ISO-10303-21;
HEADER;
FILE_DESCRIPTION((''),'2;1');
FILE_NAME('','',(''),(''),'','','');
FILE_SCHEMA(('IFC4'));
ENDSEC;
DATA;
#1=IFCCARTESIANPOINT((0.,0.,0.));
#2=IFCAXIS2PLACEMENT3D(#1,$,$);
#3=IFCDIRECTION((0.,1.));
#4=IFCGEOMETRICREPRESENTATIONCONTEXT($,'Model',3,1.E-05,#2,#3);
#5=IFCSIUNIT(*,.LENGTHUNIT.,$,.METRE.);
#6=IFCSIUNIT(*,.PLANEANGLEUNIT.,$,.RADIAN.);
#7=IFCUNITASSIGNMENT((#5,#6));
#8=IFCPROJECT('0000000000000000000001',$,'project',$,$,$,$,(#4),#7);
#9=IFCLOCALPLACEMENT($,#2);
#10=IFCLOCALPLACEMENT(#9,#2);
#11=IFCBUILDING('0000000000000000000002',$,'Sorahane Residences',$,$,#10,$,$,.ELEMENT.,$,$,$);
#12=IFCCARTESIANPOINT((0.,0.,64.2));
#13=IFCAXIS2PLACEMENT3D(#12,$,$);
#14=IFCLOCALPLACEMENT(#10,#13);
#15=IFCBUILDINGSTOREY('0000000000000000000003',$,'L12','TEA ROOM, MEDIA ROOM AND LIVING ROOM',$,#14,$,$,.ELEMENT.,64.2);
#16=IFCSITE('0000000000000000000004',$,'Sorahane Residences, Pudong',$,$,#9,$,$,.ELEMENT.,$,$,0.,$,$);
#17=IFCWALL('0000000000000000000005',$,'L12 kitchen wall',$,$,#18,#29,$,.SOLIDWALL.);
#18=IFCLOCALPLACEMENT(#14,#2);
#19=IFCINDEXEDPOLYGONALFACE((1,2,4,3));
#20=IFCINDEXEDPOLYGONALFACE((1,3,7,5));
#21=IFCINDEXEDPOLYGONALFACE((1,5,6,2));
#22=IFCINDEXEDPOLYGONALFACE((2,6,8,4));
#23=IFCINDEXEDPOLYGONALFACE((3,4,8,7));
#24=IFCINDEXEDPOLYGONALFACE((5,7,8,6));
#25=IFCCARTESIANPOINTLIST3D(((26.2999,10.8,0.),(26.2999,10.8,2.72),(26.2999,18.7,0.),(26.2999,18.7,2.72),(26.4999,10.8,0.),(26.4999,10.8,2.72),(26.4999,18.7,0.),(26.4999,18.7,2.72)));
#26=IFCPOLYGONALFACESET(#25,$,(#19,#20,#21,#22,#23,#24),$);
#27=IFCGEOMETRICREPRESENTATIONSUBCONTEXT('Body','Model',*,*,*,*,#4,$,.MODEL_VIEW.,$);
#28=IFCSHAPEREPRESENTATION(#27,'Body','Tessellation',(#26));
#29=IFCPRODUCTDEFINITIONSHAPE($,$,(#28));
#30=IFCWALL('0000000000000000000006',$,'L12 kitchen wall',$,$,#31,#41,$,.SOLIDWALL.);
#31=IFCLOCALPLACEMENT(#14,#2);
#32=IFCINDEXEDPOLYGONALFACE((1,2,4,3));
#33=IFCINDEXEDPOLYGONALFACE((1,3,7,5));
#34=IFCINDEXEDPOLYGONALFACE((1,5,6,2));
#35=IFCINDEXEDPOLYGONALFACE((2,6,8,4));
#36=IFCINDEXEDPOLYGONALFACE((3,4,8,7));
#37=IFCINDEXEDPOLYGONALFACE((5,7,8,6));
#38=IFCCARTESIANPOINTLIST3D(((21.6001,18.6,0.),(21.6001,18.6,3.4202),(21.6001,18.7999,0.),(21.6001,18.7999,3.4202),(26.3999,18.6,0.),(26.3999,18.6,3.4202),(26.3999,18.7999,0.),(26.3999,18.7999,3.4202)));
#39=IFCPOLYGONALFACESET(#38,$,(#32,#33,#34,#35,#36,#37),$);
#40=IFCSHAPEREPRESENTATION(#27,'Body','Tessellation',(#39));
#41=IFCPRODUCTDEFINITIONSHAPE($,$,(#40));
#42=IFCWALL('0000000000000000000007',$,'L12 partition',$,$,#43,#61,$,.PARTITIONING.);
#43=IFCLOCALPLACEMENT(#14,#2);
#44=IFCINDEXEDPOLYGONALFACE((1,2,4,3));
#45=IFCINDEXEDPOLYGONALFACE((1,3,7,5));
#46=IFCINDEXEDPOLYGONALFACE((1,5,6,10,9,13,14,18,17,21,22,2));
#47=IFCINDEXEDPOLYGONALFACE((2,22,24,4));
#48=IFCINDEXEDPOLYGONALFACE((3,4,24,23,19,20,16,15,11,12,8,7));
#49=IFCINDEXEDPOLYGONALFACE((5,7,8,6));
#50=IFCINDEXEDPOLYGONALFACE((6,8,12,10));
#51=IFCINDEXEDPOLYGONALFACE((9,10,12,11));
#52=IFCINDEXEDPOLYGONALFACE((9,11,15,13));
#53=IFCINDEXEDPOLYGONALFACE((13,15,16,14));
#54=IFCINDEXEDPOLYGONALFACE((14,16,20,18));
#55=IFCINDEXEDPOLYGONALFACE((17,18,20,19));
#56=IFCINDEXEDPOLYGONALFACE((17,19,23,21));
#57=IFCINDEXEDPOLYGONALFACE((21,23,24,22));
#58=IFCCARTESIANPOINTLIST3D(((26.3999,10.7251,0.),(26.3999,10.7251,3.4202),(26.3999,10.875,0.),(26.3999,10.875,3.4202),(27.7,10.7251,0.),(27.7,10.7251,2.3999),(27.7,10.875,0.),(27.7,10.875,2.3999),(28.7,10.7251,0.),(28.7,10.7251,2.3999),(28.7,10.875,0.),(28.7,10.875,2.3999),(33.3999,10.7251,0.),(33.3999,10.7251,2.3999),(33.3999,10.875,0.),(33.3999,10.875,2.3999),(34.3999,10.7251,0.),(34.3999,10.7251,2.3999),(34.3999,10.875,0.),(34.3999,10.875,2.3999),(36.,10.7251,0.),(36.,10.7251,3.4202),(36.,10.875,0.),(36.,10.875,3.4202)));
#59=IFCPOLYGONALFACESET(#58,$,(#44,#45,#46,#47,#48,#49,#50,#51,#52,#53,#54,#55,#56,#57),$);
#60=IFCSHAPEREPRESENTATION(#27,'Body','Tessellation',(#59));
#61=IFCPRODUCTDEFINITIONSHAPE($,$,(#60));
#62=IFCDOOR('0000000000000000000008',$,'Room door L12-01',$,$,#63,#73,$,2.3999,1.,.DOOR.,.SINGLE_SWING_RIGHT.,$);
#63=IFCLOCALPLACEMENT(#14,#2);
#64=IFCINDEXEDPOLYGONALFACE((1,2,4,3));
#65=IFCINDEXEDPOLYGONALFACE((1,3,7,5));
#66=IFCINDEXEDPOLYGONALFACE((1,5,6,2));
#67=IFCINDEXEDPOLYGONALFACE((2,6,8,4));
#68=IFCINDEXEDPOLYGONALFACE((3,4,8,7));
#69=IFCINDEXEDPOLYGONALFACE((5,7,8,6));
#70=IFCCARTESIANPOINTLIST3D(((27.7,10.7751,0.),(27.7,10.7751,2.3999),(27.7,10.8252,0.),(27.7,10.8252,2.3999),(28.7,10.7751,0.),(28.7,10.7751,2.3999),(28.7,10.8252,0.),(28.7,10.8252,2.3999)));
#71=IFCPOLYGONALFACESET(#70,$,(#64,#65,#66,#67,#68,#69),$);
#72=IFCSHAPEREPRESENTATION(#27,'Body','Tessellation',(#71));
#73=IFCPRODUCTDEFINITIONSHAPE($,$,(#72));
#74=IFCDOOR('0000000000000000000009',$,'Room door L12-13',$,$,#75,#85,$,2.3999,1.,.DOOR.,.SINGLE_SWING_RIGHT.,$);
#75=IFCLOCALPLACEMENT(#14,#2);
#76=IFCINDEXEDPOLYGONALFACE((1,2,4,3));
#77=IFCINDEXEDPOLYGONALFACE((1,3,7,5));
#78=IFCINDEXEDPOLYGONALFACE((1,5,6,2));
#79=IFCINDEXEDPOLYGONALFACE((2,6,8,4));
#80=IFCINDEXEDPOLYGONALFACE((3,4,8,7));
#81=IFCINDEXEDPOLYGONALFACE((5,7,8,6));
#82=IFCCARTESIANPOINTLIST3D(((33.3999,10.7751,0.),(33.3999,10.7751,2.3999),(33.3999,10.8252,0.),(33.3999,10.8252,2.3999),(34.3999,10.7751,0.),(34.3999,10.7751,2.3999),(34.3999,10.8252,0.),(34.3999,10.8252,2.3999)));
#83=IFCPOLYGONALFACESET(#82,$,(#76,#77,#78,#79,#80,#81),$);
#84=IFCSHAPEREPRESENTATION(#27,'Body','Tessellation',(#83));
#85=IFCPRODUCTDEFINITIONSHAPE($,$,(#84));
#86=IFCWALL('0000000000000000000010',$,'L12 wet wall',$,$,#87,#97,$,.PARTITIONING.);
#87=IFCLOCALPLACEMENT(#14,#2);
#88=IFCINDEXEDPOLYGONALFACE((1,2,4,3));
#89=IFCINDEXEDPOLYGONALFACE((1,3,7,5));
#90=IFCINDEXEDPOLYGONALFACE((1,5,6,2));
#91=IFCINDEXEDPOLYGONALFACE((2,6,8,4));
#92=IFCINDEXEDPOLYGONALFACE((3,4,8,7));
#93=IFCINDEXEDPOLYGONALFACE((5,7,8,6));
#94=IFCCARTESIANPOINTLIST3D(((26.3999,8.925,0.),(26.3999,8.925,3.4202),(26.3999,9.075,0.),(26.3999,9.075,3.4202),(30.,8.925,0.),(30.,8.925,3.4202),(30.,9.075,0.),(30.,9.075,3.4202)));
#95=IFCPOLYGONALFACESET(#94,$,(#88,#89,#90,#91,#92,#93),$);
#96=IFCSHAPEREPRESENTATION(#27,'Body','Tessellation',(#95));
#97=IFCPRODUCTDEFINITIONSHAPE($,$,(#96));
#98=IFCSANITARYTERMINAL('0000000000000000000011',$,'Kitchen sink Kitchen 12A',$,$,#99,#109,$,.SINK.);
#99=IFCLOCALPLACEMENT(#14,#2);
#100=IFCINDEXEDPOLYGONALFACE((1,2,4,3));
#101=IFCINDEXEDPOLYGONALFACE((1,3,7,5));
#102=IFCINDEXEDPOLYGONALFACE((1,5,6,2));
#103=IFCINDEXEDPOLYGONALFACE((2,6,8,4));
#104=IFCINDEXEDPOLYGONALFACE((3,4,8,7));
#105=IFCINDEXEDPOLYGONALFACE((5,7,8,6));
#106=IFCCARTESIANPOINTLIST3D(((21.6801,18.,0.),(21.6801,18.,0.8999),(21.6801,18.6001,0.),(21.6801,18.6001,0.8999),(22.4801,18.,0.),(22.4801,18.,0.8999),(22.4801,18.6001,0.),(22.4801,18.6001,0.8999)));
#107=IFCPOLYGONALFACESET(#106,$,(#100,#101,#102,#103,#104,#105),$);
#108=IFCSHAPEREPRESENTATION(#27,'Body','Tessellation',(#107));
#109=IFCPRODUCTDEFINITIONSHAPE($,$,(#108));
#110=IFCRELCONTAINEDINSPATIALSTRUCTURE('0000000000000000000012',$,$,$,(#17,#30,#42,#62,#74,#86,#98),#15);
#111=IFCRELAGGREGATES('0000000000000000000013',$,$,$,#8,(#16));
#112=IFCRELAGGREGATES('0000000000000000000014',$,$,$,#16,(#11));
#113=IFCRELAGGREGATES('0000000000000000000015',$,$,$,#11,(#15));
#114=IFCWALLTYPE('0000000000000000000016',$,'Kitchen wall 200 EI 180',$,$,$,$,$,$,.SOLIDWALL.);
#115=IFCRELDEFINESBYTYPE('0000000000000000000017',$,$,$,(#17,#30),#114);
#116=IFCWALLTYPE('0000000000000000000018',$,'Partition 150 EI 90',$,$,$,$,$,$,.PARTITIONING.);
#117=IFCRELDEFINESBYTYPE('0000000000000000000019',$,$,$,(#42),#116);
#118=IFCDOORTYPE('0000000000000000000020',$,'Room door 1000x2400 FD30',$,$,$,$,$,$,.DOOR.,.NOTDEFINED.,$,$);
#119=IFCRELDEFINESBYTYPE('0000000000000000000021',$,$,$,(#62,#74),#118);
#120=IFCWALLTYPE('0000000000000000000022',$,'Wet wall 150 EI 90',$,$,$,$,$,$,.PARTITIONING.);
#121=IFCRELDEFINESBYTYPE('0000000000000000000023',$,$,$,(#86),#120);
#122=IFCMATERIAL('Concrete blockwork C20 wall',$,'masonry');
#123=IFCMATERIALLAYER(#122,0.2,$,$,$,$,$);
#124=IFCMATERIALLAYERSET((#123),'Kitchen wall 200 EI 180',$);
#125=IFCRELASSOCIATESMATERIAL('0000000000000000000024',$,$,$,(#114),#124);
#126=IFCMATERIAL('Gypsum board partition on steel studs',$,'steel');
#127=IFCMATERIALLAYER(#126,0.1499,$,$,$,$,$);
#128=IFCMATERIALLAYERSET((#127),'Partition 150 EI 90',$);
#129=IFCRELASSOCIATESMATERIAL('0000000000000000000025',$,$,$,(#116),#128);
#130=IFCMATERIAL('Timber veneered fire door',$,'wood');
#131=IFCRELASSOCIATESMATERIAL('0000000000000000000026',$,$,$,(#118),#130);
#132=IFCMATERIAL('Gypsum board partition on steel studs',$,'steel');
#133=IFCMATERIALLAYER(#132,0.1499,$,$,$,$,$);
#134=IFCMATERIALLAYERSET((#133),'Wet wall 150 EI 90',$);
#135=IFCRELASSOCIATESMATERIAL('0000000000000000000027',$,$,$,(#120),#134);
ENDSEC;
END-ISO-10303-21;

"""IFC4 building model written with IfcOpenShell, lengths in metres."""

from ifc_helpers import new_model, si_unit, direction, frame, frame_2d, origin, origin_2d, place, context, subcontext, project, spatial, rectangle, extrude, material, layer, layer_set, type_object, element, fill, save


model = new_model("IFC4")

# Units and contexts
model_context = context("Model", 3, precision=1e-05, world=origin(), true_north=direction((0.0, 1.0)))
body_context = subcontext(model_context, "Body", "Model", "MODEL_VIEW")
ifc_project = project(units=[si_unit("LENGTHUNIT", "METRE"), si_unit("PLANEANGLEUNIT", "RADIAN")], contexts=[model_context])

# Site, building, storey
site_placement = place(None, origin())
site = spatial("IfcSite", under=ifc_project, at=site_placement, Name="Sorahane Residences, Pudong", CompositionType="ELEMENT", RefElevation=0.0)
building_placement = place(site_placement, origin())
building = spatial("IfcBuilding", under=site, at=building_placement, Name="Sorahane Residences", CompositionType="ELEMENT")
storey_placement = place(building_placement, frame((0.0, 0.0, 64.2)))
storey = spatial("IfcBuildingStorey", under=building, at=storey_placement, Name="L12", Description="TEA ROOM, MEDIA ROOM AND LIVING ROOM", CompositionType="ELEMENT", Elevation=64.2)

# Wall
ifc_material_1 = material(Name="Concrete blockwork C20 wall", Category="masonry")
ifc_layer_1 = layer(ifc_material_1, 0.2)
ifc_layer_set_1 = layer_set([ifc_layer_1], Name="Kitchen wall 200 EI 180")
wall_type_1 = type_object("IfcWallType", Name="Kitchen wall 200 EI 180", PredefinedType="SOLIDWALL", material=ifc_layer_set_1)
wall_1_placement = place(storey_placement, frame((26.3999, 10.8, 0.0), z_axis=(0.0, 0.0, 1.0), x_axis=(0.0, 1.0, 0.0)))
element("IfcWall", 1, at=wall_1_placement, inside=storey, type_object=wall_type_1, Name="L12 kitchen wall", PredefinedType="SOLIDWALL", context=body_context, shape_type="SweptSolid", body=[
    extrude(rectangle(XDim=7.8999, YDim=0.2, at=frame_2d((3.95, 0.0))), origin(), (0.0, 0.0, 1.0), 2.72),
])

# Wall
wall_2_placement = place(storey_placement, frame((21.6001, 18.7, 0.0), z_axis=(0.0, 0.0, 1.0), x_axis=(1.0, 0.0, 0.0)))
element("IfcWall", 2, at=wall_2_placement, inside=storey, type_object=wall_type_1, Name="L12 kitchen wall", PredefinedType="SOLIDWALL", context=body_context, shape_type="SweptSolid", body=[
    extrude(rectangle(XDim=4.7998, YDim=0.2, at=frame_2d((2.3999, 0.0))), origin(), (0.0, 0.0, 1.0), 3.4202),
])

# Wall, openings, doors
ifc_material_2 = material(Name="Gypsum board partition on steel studs", Category="steel")
ifc_layer_2 = layer(ifc_material_2, 0.1499)
ifc_layer_set_2 = layer_set([ifc_layer_2], Name="Partition 150 EI 90")
wall_type_2 = type_object("IfcWallType", Name="Partition 150 EI 90", PredefinedType="PARTITIONING", material=ifc_layer_set_2)
wall_3_placement = place(storey_placement, frame((26.3999, 10.8, 0.0), z_axis=(0.0, 0.0, 1.0), x_axis=(1.0, 0.0, 0.0)))
wall_3 = element("IfcWall", 3, at=wall_3_placement, inside=storey, type_object=wall_type_2, Name="L12 partition", PredefinedType="PARTITIONING", context=body_context, shape_type="SweptSolid", body=[
    extrude(rectangle(XDim=9.6001, YDim=0.1499, at=frame_2d((4.8, 0.0))), origin(), (0.0, 0.0, 1.0), 3.4202),
])
opening_1_placement = place(wall_3_placement, frame((1.3, 0.0, 0.0)))
opening_1 = element("IfcOpeningElement", 4, at=opening_1_placement, cuts=wall_3, PredefinedType="OPENING", context=body_context, shape_type="SweptSolid", body=[
    extrude(rectangle(XDim=1.0, YDim=2.3999, at=frame_2d((0.5, 1.2))), frame((0.0, 0.085, 0.0), z_axis=(0.0, -1.0, 0.0), x_axis=(1.0, 0.0, 0.0)), (0.0, 0.0, 1.0), 0.1699),
])
opening_2_placement = place(wall_3_placement, frame((7.0, 0.0, 0.0)))
opening_2 = element("IfcOpeningElement", 5, at=opening_2_placement, cuts=wall_3, PredefinedType="OPENING", context=body_context, shape_type="SweptSolid", body=[
    extrude(rectangle(XDim=1.0, YDim=2.3999, at=frame_2d((0.5, 1.2))), frame((0.0, 0.085, 0.0), z_axis=(0.0, -1.0, 0.0), x_axis=(1.0, 0.0, 0.0)), (0.0, 0.0, 1.0), 0.1699),
])
ifc_material_3 = material(Name="Timber veneered fire door", Category="wood")
door_type_1 = type_object("IfcDoorType", Name="Room door 1000x2400 FD30", OperationType="NOTDEFINED", PredefinedType="DOOR", material=ifc_material_3)
door_1_placement = place(opening_1_placement, frame((1.0, 0.0, 0.0), z_axis=(0.0, 0.0, 1.0), x_axis=(-1.0, 0.0, 0.0)))
door_1 = element("IfcDoor", 6, at=door_1_placement, inside=storey, type_object=door_type_1, Name="Room door L12-01", OperationType="SINGLE_SWING_RIGHT", OverallHeight=2.3999, OverallWidth=1.0, PredefinedType="DOOR", context=body_context, shape_type="SweptSolid", body=[
    extrude(rectangle(XDim=1.0, YDim=2.3999, at=frame_2d((0.5, 1.2))), frame((0.0, 0.0249, 0.0), z_axis=(0.0, -1.0, 0.0), x_axis=(1.0, 0.0, 0.0)), (0.0, 0.0, 1.0), 0.05),
])
fill(opening_1, door_1)
door_2_placement = place(opening_2_placement, frame((1.0, 0.0, 0.0), z_axis=(0.0, 0.0, 1.0), x_axis=(-1.0, 0.0, 0.0)))
door_2 = element("IfcDoor", 7, at=door_2_placement, inside=storey, type_object=door_type_1, Name="Room door L12-13", OperationType="SINGLE_SWING_RIGHT", OverallHeight=2.3999, OverallWidth=1.0, PredefinedType="DOOR", context=body_context, shape_type="SweptSolid", body=[
    extrude(rectangle(XDim=1.0, YDim=2.3999, at=frame_2d((0.5, 1.2))), frame((0.0, 0.0249, 0.0), z_axis=(0.0, -1.0, 0.0), x_axis=(1.0, 0.0, 0.0)), (0.0, 0.0, 1.0), 0.05),
])
fill(opening_2, door_2)

# Wall
ifc_material_4 = material(Name="Gypsum board partition on steel studs", Category="steel")
ifc_layer_3 = layer(ifc_material_4, 0.1499)
ifc_layer_set_3 = layer_set([ifc_layer_3], Name="Wet wall 150 EI 90")
wall_type_3 = type_object("IfcWallType", Name="Wet wall 150 EI 90", PredefinedType="PARTITIONING", material=ifc_layer_set_3)
wall_4_placement = place(storey_placement, frame((26.3999, 9.0, 0.0), z_axis=(0.0, 0.0, 1.0), x_axis=(1.0, 0.0, 0.0)))
element("IfcWall", 8, at=wall_4_placement, inside=storey, type_object=wall_type_3, Name="L12 wet wall", PredefinedType="PARTITIONING", context=body_context, shape_type="SweptSolid", body=[
    extrude(rectangle(XDim=3.6001, YDim=0.1499, at=frame_2d((1.8, 0.0))), origin(), (0.0, 0.0, 1.0), 3.4202),
])

# Sanitary terminal
sanitary_terminal_placement = place(storey_placement, frame((22.0801, 18.3, 0.0), z_axis=(0.0, 0.0, 1.0), x_axis=(1.0, 0.0, 0.0)))
element("IfcSanitaryTerminal", 9, at=sanitary_terminal_placement, inside=storey, Name="Kitchen sink Kitchen 12A", PredefinedType="SINK", context=body_context, shape_type="SweptSolid", body=[
    extrude(rectangle(XDim=0.8, YDim=0.6001, at=origin_2d()), origin(), (0.0, 0.0, 1.0), 0.8999),
])

save(model, "model.ifc")
